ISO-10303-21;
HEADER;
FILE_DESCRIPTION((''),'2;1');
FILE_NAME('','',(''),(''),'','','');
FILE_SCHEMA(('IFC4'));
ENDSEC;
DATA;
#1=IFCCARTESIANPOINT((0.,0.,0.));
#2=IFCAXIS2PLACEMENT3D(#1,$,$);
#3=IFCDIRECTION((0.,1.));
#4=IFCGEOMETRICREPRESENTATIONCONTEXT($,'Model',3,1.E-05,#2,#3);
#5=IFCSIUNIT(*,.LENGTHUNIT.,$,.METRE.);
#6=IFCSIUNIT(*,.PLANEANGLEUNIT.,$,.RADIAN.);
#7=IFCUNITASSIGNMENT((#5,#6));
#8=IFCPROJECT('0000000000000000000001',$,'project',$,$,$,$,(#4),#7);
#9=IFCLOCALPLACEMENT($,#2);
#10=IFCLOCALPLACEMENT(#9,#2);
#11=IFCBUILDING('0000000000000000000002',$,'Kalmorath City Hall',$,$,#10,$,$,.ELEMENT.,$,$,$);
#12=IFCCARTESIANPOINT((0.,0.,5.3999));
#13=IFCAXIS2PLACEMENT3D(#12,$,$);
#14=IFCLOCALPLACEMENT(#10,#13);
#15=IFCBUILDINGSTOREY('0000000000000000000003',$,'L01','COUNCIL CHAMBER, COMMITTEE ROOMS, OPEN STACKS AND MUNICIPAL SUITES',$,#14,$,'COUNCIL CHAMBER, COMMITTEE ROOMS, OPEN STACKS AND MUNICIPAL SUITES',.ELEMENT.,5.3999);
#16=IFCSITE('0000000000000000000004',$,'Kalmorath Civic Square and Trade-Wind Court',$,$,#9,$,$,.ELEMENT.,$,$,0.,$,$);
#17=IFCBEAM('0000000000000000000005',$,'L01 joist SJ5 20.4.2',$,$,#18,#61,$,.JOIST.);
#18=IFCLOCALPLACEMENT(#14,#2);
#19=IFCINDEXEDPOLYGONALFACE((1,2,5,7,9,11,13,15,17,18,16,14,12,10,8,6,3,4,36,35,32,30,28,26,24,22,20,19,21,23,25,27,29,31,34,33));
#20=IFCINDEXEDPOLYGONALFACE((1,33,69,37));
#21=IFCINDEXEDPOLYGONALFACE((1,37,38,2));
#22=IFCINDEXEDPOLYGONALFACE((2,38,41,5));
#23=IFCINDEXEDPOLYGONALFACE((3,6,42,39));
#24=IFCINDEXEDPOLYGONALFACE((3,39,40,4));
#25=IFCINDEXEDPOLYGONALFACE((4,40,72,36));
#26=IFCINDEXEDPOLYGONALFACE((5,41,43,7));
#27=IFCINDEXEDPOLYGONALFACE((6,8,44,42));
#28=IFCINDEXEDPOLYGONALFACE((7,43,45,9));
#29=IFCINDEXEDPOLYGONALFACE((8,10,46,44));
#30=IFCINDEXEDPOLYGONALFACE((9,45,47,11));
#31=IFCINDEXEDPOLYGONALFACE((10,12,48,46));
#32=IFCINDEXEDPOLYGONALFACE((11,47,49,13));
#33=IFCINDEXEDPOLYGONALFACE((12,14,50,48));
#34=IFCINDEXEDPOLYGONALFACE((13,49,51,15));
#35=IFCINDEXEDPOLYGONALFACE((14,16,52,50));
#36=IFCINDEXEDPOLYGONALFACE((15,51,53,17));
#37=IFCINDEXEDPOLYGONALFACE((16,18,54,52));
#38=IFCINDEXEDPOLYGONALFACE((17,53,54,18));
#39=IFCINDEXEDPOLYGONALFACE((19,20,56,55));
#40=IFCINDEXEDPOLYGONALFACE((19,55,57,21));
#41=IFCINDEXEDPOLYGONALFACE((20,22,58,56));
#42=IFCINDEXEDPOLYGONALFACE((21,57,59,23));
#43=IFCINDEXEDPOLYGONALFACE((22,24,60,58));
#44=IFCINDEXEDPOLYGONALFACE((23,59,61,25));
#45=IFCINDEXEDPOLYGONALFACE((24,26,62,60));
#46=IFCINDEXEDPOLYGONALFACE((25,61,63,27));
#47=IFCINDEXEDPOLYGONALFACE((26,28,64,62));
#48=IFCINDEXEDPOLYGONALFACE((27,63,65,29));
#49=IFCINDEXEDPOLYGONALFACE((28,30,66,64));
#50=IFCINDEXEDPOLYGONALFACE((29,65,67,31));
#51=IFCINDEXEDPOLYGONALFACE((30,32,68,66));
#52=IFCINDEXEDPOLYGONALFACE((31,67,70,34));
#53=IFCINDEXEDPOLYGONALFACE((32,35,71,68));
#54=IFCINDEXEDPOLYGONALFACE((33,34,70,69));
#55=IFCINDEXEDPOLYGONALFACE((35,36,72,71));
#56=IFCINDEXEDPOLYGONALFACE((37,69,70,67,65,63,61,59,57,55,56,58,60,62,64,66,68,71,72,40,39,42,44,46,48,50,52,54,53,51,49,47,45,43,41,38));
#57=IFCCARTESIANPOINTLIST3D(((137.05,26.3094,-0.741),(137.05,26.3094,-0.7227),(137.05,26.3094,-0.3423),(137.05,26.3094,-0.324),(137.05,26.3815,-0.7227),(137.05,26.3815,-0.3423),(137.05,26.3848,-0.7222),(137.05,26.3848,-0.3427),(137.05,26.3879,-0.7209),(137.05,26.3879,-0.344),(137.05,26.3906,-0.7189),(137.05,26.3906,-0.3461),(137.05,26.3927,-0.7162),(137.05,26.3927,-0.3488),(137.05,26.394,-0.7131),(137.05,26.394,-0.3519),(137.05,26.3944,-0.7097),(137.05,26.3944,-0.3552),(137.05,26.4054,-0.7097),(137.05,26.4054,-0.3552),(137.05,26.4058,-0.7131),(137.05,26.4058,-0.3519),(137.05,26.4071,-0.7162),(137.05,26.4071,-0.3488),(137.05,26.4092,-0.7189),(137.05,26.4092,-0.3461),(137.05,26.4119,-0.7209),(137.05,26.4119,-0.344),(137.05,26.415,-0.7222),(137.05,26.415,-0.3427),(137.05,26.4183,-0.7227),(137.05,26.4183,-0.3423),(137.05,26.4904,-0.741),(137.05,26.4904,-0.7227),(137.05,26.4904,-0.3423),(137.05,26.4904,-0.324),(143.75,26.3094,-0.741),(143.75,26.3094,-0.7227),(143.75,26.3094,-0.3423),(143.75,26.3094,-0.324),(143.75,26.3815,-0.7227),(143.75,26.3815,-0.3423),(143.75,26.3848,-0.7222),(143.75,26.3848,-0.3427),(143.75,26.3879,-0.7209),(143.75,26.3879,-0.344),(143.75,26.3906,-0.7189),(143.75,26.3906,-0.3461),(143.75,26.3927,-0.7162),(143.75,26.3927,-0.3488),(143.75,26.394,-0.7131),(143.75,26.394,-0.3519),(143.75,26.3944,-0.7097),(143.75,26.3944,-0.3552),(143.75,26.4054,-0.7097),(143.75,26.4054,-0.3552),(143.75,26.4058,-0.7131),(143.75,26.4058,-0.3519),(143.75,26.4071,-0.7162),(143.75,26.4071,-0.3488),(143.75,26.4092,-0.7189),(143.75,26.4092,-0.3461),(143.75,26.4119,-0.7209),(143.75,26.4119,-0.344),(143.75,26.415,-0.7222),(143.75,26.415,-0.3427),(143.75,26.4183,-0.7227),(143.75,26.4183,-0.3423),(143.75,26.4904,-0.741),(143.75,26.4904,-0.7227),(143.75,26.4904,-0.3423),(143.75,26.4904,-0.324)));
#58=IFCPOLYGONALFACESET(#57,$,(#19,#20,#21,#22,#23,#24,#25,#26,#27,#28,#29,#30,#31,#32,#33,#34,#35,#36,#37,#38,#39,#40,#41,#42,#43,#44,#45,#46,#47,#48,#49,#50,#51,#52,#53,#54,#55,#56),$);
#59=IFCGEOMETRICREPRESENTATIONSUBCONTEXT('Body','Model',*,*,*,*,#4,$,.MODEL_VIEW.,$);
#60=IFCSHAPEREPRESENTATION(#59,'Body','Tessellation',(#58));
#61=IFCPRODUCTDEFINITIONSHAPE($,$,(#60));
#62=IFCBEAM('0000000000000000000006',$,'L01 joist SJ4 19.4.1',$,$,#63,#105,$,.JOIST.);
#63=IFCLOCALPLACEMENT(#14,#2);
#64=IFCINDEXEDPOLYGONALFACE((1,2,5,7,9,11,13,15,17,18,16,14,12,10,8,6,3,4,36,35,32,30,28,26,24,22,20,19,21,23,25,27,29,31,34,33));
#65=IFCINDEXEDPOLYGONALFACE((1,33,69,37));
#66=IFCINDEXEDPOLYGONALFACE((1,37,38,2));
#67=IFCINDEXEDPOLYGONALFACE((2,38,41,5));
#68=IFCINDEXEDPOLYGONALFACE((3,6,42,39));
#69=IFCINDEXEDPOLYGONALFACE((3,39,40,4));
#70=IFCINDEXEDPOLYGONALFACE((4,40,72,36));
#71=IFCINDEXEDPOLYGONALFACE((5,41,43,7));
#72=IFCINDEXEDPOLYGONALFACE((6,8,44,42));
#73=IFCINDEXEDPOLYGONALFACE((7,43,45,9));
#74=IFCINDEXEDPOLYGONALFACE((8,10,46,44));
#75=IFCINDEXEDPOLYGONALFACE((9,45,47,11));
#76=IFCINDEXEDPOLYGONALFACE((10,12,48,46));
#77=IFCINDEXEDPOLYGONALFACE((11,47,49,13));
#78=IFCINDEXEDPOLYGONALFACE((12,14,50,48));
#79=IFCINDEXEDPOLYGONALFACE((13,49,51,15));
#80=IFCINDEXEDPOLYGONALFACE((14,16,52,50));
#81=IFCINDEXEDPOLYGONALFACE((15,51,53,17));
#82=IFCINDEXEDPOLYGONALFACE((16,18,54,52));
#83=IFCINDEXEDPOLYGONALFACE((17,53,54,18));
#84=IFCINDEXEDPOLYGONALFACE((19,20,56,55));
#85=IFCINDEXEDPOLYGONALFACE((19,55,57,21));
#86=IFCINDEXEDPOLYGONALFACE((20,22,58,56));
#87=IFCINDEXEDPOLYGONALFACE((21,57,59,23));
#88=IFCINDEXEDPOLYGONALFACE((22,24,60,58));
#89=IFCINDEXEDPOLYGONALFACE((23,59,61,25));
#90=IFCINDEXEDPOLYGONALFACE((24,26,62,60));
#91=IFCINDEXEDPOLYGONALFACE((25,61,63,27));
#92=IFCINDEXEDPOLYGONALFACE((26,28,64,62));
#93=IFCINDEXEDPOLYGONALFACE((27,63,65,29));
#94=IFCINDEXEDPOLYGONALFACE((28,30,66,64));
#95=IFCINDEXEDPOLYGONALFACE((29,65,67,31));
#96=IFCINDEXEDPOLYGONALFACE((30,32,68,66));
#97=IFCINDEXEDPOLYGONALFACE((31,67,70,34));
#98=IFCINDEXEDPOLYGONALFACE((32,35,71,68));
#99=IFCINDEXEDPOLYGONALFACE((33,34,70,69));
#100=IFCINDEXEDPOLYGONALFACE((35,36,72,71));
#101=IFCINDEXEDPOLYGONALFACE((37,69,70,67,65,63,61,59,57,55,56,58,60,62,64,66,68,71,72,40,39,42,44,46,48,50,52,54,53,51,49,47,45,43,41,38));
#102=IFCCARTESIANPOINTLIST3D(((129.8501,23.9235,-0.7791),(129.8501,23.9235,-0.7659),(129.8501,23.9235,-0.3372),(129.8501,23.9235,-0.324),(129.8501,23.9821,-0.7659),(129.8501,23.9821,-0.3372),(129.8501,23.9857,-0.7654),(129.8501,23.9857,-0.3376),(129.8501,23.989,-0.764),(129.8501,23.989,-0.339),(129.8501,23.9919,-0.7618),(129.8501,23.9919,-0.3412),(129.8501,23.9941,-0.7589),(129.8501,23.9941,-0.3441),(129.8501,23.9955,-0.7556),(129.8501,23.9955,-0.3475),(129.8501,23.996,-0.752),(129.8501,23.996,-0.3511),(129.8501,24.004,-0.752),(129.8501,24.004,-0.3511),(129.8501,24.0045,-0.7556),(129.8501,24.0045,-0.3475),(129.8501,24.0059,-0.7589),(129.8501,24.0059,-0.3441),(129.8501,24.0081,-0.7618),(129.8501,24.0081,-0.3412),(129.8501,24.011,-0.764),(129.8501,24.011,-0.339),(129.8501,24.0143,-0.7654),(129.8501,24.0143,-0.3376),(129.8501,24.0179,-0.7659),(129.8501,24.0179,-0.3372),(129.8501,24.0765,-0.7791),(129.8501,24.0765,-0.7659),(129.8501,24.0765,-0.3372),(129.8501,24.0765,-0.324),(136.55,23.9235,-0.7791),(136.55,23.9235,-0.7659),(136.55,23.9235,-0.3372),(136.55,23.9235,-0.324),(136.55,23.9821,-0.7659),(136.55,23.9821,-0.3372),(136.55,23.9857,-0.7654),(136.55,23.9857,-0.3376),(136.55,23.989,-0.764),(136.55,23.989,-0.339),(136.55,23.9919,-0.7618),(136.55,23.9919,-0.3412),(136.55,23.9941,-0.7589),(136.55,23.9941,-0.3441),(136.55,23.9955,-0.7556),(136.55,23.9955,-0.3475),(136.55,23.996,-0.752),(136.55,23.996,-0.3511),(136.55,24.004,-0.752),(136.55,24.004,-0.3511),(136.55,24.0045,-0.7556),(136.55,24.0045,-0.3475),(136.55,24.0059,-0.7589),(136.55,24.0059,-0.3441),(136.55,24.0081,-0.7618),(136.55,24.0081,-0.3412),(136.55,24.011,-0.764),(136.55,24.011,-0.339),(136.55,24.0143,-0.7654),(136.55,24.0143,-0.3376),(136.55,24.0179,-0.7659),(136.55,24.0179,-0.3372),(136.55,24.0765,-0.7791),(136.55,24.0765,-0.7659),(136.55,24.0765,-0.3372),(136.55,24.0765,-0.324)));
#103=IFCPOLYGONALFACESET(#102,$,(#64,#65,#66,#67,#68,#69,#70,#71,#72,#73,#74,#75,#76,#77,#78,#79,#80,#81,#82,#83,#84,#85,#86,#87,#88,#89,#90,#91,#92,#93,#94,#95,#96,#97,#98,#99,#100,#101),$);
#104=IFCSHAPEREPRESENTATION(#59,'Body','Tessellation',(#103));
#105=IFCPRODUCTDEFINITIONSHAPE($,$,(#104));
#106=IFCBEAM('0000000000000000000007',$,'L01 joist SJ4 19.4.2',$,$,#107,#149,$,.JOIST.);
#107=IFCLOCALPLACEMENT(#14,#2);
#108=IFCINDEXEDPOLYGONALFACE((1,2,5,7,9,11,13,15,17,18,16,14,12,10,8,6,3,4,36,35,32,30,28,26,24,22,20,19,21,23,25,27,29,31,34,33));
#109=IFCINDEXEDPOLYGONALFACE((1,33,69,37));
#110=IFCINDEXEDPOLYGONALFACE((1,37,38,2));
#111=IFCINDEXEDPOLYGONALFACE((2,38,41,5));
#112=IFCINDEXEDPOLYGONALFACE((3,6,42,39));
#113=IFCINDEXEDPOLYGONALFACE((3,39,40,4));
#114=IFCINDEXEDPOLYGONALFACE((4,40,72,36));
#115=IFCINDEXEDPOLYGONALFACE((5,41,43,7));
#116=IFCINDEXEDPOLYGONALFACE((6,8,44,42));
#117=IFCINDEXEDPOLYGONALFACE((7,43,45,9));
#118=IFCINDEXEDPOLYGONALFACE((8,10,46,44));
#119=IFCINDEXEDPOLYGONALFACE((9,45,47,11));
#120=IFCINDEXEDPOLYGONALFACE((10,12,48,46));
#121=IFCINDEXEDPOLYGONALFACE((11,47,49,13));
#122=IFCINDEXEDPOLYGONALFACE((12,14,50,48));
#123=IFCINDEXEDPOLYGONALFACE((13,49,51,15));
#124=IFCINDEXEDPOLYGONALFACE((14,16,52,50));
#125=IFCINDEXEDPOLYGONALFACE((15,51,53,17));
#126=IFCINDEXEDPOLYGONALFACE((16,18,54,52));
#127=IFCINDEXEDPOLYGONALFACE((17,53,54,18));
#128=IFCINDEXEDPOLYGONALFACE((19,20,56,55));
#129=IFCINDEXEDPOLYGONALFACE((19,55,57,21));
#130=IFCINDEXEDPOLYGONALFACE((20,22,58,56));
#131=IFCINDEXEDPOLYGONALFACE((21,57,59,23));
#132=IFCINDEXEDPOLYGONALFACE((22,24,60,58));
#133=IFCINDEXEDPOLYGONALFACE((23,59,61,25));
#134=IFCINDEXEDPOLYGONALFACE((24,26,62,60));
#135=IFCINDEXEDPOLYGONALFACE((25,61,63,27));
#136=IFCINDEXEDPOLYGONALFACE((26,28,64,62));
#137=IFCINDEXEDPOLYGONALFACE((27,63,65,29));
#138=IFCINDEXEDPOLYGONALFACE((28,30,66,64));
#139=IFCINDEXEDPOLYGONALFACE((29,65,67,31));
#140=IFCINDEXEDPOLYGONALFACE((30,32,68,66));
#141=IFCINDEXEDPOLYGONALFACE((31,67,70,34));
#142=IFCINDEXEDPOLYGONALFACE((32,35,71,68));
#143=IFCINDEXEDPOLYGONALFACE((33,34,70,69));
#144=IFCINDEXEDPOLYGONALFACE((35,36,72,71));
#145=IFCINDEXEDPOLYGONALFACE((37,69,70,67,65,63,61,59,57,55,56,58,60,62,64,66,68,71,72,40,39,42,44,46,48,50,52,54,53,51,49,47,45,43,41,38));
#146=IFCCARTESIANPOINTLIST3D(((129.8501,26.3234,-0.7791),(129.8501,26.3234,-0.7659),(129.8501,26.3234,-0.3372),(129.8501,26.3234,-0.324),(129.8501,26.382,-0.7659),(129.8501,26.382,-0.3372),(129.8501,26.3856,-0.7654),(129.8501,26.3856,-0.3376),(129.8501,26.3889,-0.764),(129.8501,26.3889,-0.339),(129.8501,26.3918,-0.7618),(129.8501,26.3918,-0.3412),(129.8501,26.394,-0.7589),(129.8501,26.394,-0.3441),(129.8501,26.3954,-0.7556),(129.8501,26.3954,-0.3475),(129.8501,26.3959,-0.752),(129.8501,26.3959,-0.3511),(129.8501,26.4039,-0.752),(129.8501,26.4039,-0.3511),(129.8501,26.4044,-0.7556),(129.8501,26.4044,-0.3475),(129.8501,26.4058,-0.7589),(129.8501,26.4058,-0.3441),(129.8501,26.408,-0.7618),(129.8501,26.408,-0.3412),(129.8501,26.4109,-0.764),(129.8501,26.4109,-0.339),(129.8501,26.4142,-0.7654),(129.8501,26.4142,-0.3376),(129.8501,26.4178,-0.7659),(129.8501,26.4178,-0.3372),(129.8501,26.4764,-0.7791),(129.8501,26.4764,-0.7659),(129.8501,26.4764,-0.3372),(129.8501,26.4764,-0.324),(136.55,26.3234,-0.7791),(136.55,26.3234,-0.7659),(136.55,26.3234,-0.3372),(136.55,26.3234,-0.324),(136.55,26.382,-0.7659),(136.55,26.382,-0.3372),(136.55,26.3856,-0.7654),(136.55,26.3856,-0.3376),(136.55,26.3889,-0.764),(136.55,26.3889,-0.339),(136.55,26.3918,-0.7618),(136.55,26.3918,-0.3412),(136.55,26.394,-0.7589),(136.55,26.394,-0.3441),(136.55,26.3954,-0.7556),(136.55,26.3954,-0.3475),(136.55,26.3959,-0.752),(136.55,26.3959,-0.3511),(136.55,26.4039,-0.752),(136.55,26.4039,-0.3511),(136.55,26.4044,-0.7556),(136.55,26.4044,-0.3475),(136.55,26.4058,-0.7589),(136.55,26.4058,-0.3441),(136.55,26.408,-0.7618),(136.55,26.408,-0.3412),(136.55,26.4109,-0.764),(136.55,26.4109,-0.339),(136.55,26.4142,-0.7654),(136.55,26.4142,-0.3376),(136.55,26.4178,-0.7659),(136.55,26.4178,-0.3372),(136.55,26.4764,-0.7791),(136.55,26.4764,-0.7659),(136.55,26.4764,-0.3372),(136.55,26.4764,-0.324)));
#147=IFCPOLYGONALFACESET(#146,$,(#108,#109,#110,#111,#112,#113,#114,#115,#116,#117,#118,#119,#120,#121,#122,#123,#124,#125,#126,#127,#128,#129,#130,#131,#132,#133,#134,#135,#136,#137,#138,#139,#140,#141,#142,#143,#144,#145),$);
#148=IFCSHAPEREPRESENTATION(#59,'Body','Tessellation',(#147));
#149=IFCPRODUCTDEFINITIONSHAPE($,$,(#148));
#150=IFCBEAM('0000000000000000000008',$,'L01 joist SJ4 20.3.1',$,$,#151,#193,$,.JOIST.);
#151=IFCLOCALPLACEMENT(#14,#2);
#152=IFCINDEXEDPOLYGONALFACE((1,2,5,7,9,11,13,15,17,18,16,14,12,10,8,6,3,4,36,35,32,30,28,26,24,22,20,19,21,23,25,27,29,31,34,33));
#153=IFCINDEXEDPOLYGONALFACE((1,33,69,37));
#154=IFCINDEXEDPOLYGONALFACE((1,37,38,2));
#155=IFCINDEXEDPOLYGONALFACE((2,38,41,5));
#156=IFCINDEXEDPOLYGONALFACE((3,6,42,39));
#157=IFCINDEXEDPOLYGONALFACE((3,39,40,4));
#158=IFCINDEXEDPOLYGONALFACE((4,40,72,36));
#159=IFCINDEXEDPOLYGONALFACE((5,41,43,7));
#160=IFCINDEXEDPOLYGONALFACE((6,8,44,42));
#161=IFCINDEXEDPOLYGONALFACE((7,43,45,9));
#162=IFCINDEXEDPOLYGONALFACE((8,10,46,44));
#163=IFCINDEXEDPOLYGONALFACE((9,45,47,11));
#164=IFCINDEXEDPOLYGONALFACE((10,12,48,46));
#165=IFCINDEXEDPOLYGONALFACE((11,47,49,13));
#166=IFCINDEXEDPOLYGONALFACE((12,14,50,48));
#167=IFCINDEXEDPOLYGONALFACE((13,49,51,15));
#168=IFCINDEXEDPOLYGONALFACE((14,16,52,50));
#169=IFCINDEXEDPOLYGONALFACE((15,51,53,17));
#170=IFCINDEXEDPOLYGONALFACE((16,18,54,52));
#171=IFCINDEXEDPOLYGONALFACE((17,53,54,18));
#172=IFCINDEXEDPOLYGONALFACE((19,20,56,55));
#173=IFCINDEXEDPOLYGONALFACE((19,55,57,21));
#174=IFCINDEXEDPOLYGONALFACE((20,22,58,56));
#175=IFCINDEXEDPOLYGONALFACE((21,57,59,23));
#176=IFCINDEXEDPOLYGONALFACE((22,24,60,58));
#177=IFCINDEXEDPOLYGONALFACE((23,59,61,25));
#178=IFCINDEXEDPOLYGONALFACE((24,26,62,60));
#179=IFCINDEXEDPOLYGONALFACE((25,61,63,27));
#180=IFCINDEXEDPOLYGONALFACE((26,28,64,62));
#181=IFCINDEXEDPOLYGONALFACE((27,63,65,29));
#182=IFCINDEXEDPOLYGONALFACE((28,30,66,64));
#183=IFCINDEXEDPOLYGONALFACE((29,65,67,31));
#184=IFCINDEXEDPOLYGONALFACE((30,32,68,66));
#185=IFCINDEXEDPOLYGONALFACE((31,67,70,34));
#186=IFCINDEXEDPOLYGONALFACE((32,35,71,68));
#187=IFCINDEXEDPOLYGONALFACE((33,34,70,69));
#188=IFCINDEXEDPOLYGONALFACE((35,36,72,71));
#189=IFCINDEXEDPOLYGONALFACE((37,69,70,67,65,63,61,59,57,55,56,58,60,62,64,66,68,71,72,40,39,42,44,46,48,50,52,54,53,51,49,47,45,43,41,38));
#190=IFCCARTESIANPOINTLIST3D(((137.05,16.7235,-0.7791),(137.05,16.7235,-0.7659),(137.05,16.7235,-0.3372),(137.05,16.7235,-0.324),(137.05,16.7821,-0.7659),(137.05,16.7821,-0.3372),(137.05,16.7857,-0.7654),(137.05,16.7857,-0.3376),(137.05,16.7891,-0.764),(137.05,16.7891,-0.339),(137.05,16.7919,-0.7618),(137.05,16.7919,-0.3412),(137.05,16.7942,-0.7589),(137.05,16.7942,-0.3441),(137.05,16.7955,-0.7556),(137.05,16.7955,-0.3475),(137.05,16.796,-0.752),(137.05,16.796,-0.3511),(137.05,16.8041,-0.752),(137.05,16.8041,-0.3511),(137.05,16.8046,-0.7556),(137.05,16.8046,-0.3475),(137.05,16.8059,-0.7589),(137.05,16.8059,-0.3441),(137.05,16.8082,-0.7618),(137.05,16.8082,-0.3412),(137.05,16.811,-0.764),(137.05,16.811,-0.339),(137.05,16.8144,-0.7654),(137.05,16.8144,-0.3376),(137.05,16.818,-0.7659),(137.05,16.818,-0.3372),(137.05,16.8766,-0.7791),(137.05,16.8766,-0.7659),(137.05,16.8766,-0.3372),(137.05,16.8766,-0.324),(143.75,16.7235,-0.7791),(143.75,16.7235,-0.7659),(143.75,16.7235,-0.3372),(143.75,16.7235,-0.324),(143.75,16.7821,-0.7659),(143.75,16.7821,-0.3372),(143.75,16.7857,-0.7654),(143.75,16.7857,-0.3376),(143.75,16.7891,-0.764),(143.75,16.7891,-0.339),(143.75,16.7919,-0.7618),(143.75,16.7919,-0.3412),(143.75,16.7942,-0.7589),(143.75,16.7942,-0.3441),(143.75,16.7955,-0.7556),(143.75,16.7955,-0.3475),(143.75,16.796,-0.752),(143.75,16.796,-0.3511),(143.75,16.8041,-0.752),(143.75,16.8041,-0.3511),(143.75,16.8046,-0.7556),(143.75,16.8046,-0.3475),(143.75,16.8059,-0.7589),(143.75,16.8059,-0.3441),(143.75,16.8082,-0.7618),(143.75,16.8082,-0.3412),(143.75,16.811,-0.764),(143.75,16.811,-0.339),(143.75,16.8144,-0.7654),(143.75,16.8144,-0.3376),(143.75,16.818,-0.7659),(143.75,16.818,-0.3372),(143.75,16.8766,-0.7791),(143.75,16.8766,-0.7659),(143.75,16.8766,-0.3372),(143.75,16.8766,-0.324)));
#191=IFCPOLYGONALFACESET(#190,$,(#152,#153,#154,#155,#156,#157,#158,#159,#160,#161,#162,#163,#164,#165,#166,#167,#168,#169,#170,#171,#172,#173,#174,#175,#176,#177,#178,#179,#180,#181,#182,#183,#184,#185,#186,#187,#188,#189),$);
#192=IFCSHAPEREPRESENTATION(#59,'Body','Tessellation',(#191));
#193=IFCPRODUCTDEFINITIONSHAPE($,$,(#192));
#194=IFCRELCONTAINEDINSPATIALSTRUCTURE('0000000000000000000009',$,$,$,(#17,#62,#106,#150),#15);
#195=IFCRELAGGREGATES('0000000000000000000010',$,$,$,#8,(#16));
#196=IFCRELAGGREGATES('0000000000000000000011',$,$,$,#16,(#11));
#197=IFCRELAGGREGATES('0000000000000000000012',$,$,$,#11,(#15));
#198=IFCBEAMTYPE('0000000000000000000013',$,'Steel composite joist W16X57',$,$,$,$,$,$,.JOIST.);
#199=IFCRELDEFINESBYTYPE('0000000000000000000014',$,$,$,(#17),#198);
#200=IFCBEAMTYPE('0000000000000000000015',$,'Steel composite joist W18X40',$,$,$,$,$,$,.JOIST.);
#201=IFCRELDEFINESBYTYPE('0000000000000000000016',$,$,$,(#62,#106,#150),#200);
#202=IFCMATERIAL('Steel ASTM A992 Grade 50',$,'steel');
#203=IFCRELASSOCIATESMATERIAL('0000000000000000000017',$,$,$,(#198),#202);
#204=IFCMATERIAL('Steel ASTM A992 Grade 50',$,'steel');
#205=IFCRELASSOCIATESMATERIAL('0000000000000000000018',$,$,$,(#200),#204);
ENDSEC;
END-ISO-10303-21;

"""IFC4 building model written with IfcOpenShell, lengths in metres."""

from ifc_helpers import new_model, si_unit, direction, frame, origin, origin_2d, place, context, subcontext, project, spatial, i_section, extrude, material, material_profile, profile_set, type_object, element, save


model = new_model("IFC4")

# Units and contexts
model_context = context("Model", 3, precision=1e-05, world=origin(), true_north=direction((0.0, 1.0)))
body_context = subcontext(model_context, "Body", "Model", "MODEL_VIEW")
ifc_project = project(units=[si_unit("LENGTHUNIT", "METRE"), si_unit("PLANEANGLEUNIT", "RADIAN")], contexts=[model_context])

# Site, building, storey
site_placement = place(None, origin())
site = spatial("IfcSite", under=ifc_project, at=site_placement, Name="Kalmorath Civic Square and Trade-Wind Court", CompositionType="ELEMENT", RefElevation=0.0)
building_placement = place(site_placement, origin())
building = spatial("IfcBuilding", under=site, at=building_placement, Name="Kalmorath City Hall", CompositionType="ELEMENT")
storey_placement = place(building_placement, frame((0.0, 0.0, 5.3999)))
storey = spatial("IfcBuildingStorey", under=building, at=storey_placement, Name="L01", Description="COUNCIL CHAMBER, COMMITTEE ROOMS, OPEN STACKS AND MUNICIPAL SUITES", LongName="COUNCIL CHAMBER, COMMITTEE ROOMS, OPEN STACKS AND MUNICIPAL SUITES", CompositionType="ELEMENT", Elevation=5.3999)

# Beams
ifc_material_1 = material(Name="Steel ASTM A992 Grade 50", Category="steel")
ifc_material_profile_1 = material_profile(ifc_material_1, i_section(OverallWidth=0.1809, OverallDepth=0.417, WebThickness=0.011, FlangeThickness=0.0183, FilletRadius=0.0129, at=origin_2d()), Name="W16X57")
ifc_profile_set_1 = profile_set([ifc_material_profile_1], Name="Steel ASTM A992 Grade 50")
beam_type_1 = type_object("IfcBeamType", Name="Steel composite joist W16X57", PredefinedType="JOIST", material=ifc_profile_set_1)
for number, where, z_axis, x_axis, name in (
    (1, (137.05, 26.3999, -0.5325), (1.0, 0.0, 0.0), (0.0, 1.0, 0.0), "L01 joist SJ5 20.4.2"),
):
    element("IfcBeam", number, at=place(storey_placement, frame(where, z_axis=z_axis, x_axis=x_axis)), inside=storey, type_object=beam_type_1, Name=name, PredefinedType="JOIST", context=body_context, shape_type="SweptSolid", body=[
        extrude(i_section(OverallWidth=0.1809, OverallDepth=0.417, WebThickness=0.011, FlangeThickness=0.0183, FilletRadius=0.0129, at=origin_2d()), origin(), (0.0, 0.0, 1.0), 6.7),
    ])
ifc_material_2 = material(Name="Steel ASTM A992 Grade 50", Category="steel")
ifc_material_profile_2 = material_profile(ifc_material_2, i_section(OverallWidth=0.1531, OverallDepth=0.4551, WebThickness=0.0081, FlangeThickness=0.0132, FilletRadius=0.0139, at=origin_2d()), Name="W18X40")
ifc_profile_set_2 = profile_set([ifc_material_profile_2], Name="Steel ASTM A992 Grade 50")
beam_type_2 = type_object("IfcBeamType", Name="Steel composite joist W18X40", PredefinedType="JOIST", material=ifc_profile_set_2)
for number, where, z_axis, x_axis, name in (
    (2, (129.8501, 24.0, -0.5515), (1.0, 0.0, 0.0), (0.0, 1.0, 0.0), "L01 joist SJ4 19.4.1"),
    (3, (129.8501, 26.3999, -0.5515), (1.0, 0.0, 0.0), (0.0, 1.0, 0.0), "L01 joist SJ4 19.4.2"),
    (4, (137.05, 16.8, -0.5515), (1.0, 0.0, 0.0), (0.0, 1.0, 0.0), "L01 joist SJ4 20.3.1"),
):
    element("IfcBeam", number, at=place(storey_placement, frame(where, z_axis=z_axis, x_axis=x_axis)), inside=storey, type_object=beam_type_2, Name=name, PredefinedType="JOIST", context=body_context, shape_type="SweptSolid", body=[
        extrude(i_section(OverallWidth=0.1531, OverallDepth=0.4551, WebThickness=0.0081, FlangeThickness=0.0132, FilletRadius=0.0139, at=origin_2d()), origin(), (0.0, 0.0, 1.0), 6.7),
    ])

save(model, "model.ifc")
